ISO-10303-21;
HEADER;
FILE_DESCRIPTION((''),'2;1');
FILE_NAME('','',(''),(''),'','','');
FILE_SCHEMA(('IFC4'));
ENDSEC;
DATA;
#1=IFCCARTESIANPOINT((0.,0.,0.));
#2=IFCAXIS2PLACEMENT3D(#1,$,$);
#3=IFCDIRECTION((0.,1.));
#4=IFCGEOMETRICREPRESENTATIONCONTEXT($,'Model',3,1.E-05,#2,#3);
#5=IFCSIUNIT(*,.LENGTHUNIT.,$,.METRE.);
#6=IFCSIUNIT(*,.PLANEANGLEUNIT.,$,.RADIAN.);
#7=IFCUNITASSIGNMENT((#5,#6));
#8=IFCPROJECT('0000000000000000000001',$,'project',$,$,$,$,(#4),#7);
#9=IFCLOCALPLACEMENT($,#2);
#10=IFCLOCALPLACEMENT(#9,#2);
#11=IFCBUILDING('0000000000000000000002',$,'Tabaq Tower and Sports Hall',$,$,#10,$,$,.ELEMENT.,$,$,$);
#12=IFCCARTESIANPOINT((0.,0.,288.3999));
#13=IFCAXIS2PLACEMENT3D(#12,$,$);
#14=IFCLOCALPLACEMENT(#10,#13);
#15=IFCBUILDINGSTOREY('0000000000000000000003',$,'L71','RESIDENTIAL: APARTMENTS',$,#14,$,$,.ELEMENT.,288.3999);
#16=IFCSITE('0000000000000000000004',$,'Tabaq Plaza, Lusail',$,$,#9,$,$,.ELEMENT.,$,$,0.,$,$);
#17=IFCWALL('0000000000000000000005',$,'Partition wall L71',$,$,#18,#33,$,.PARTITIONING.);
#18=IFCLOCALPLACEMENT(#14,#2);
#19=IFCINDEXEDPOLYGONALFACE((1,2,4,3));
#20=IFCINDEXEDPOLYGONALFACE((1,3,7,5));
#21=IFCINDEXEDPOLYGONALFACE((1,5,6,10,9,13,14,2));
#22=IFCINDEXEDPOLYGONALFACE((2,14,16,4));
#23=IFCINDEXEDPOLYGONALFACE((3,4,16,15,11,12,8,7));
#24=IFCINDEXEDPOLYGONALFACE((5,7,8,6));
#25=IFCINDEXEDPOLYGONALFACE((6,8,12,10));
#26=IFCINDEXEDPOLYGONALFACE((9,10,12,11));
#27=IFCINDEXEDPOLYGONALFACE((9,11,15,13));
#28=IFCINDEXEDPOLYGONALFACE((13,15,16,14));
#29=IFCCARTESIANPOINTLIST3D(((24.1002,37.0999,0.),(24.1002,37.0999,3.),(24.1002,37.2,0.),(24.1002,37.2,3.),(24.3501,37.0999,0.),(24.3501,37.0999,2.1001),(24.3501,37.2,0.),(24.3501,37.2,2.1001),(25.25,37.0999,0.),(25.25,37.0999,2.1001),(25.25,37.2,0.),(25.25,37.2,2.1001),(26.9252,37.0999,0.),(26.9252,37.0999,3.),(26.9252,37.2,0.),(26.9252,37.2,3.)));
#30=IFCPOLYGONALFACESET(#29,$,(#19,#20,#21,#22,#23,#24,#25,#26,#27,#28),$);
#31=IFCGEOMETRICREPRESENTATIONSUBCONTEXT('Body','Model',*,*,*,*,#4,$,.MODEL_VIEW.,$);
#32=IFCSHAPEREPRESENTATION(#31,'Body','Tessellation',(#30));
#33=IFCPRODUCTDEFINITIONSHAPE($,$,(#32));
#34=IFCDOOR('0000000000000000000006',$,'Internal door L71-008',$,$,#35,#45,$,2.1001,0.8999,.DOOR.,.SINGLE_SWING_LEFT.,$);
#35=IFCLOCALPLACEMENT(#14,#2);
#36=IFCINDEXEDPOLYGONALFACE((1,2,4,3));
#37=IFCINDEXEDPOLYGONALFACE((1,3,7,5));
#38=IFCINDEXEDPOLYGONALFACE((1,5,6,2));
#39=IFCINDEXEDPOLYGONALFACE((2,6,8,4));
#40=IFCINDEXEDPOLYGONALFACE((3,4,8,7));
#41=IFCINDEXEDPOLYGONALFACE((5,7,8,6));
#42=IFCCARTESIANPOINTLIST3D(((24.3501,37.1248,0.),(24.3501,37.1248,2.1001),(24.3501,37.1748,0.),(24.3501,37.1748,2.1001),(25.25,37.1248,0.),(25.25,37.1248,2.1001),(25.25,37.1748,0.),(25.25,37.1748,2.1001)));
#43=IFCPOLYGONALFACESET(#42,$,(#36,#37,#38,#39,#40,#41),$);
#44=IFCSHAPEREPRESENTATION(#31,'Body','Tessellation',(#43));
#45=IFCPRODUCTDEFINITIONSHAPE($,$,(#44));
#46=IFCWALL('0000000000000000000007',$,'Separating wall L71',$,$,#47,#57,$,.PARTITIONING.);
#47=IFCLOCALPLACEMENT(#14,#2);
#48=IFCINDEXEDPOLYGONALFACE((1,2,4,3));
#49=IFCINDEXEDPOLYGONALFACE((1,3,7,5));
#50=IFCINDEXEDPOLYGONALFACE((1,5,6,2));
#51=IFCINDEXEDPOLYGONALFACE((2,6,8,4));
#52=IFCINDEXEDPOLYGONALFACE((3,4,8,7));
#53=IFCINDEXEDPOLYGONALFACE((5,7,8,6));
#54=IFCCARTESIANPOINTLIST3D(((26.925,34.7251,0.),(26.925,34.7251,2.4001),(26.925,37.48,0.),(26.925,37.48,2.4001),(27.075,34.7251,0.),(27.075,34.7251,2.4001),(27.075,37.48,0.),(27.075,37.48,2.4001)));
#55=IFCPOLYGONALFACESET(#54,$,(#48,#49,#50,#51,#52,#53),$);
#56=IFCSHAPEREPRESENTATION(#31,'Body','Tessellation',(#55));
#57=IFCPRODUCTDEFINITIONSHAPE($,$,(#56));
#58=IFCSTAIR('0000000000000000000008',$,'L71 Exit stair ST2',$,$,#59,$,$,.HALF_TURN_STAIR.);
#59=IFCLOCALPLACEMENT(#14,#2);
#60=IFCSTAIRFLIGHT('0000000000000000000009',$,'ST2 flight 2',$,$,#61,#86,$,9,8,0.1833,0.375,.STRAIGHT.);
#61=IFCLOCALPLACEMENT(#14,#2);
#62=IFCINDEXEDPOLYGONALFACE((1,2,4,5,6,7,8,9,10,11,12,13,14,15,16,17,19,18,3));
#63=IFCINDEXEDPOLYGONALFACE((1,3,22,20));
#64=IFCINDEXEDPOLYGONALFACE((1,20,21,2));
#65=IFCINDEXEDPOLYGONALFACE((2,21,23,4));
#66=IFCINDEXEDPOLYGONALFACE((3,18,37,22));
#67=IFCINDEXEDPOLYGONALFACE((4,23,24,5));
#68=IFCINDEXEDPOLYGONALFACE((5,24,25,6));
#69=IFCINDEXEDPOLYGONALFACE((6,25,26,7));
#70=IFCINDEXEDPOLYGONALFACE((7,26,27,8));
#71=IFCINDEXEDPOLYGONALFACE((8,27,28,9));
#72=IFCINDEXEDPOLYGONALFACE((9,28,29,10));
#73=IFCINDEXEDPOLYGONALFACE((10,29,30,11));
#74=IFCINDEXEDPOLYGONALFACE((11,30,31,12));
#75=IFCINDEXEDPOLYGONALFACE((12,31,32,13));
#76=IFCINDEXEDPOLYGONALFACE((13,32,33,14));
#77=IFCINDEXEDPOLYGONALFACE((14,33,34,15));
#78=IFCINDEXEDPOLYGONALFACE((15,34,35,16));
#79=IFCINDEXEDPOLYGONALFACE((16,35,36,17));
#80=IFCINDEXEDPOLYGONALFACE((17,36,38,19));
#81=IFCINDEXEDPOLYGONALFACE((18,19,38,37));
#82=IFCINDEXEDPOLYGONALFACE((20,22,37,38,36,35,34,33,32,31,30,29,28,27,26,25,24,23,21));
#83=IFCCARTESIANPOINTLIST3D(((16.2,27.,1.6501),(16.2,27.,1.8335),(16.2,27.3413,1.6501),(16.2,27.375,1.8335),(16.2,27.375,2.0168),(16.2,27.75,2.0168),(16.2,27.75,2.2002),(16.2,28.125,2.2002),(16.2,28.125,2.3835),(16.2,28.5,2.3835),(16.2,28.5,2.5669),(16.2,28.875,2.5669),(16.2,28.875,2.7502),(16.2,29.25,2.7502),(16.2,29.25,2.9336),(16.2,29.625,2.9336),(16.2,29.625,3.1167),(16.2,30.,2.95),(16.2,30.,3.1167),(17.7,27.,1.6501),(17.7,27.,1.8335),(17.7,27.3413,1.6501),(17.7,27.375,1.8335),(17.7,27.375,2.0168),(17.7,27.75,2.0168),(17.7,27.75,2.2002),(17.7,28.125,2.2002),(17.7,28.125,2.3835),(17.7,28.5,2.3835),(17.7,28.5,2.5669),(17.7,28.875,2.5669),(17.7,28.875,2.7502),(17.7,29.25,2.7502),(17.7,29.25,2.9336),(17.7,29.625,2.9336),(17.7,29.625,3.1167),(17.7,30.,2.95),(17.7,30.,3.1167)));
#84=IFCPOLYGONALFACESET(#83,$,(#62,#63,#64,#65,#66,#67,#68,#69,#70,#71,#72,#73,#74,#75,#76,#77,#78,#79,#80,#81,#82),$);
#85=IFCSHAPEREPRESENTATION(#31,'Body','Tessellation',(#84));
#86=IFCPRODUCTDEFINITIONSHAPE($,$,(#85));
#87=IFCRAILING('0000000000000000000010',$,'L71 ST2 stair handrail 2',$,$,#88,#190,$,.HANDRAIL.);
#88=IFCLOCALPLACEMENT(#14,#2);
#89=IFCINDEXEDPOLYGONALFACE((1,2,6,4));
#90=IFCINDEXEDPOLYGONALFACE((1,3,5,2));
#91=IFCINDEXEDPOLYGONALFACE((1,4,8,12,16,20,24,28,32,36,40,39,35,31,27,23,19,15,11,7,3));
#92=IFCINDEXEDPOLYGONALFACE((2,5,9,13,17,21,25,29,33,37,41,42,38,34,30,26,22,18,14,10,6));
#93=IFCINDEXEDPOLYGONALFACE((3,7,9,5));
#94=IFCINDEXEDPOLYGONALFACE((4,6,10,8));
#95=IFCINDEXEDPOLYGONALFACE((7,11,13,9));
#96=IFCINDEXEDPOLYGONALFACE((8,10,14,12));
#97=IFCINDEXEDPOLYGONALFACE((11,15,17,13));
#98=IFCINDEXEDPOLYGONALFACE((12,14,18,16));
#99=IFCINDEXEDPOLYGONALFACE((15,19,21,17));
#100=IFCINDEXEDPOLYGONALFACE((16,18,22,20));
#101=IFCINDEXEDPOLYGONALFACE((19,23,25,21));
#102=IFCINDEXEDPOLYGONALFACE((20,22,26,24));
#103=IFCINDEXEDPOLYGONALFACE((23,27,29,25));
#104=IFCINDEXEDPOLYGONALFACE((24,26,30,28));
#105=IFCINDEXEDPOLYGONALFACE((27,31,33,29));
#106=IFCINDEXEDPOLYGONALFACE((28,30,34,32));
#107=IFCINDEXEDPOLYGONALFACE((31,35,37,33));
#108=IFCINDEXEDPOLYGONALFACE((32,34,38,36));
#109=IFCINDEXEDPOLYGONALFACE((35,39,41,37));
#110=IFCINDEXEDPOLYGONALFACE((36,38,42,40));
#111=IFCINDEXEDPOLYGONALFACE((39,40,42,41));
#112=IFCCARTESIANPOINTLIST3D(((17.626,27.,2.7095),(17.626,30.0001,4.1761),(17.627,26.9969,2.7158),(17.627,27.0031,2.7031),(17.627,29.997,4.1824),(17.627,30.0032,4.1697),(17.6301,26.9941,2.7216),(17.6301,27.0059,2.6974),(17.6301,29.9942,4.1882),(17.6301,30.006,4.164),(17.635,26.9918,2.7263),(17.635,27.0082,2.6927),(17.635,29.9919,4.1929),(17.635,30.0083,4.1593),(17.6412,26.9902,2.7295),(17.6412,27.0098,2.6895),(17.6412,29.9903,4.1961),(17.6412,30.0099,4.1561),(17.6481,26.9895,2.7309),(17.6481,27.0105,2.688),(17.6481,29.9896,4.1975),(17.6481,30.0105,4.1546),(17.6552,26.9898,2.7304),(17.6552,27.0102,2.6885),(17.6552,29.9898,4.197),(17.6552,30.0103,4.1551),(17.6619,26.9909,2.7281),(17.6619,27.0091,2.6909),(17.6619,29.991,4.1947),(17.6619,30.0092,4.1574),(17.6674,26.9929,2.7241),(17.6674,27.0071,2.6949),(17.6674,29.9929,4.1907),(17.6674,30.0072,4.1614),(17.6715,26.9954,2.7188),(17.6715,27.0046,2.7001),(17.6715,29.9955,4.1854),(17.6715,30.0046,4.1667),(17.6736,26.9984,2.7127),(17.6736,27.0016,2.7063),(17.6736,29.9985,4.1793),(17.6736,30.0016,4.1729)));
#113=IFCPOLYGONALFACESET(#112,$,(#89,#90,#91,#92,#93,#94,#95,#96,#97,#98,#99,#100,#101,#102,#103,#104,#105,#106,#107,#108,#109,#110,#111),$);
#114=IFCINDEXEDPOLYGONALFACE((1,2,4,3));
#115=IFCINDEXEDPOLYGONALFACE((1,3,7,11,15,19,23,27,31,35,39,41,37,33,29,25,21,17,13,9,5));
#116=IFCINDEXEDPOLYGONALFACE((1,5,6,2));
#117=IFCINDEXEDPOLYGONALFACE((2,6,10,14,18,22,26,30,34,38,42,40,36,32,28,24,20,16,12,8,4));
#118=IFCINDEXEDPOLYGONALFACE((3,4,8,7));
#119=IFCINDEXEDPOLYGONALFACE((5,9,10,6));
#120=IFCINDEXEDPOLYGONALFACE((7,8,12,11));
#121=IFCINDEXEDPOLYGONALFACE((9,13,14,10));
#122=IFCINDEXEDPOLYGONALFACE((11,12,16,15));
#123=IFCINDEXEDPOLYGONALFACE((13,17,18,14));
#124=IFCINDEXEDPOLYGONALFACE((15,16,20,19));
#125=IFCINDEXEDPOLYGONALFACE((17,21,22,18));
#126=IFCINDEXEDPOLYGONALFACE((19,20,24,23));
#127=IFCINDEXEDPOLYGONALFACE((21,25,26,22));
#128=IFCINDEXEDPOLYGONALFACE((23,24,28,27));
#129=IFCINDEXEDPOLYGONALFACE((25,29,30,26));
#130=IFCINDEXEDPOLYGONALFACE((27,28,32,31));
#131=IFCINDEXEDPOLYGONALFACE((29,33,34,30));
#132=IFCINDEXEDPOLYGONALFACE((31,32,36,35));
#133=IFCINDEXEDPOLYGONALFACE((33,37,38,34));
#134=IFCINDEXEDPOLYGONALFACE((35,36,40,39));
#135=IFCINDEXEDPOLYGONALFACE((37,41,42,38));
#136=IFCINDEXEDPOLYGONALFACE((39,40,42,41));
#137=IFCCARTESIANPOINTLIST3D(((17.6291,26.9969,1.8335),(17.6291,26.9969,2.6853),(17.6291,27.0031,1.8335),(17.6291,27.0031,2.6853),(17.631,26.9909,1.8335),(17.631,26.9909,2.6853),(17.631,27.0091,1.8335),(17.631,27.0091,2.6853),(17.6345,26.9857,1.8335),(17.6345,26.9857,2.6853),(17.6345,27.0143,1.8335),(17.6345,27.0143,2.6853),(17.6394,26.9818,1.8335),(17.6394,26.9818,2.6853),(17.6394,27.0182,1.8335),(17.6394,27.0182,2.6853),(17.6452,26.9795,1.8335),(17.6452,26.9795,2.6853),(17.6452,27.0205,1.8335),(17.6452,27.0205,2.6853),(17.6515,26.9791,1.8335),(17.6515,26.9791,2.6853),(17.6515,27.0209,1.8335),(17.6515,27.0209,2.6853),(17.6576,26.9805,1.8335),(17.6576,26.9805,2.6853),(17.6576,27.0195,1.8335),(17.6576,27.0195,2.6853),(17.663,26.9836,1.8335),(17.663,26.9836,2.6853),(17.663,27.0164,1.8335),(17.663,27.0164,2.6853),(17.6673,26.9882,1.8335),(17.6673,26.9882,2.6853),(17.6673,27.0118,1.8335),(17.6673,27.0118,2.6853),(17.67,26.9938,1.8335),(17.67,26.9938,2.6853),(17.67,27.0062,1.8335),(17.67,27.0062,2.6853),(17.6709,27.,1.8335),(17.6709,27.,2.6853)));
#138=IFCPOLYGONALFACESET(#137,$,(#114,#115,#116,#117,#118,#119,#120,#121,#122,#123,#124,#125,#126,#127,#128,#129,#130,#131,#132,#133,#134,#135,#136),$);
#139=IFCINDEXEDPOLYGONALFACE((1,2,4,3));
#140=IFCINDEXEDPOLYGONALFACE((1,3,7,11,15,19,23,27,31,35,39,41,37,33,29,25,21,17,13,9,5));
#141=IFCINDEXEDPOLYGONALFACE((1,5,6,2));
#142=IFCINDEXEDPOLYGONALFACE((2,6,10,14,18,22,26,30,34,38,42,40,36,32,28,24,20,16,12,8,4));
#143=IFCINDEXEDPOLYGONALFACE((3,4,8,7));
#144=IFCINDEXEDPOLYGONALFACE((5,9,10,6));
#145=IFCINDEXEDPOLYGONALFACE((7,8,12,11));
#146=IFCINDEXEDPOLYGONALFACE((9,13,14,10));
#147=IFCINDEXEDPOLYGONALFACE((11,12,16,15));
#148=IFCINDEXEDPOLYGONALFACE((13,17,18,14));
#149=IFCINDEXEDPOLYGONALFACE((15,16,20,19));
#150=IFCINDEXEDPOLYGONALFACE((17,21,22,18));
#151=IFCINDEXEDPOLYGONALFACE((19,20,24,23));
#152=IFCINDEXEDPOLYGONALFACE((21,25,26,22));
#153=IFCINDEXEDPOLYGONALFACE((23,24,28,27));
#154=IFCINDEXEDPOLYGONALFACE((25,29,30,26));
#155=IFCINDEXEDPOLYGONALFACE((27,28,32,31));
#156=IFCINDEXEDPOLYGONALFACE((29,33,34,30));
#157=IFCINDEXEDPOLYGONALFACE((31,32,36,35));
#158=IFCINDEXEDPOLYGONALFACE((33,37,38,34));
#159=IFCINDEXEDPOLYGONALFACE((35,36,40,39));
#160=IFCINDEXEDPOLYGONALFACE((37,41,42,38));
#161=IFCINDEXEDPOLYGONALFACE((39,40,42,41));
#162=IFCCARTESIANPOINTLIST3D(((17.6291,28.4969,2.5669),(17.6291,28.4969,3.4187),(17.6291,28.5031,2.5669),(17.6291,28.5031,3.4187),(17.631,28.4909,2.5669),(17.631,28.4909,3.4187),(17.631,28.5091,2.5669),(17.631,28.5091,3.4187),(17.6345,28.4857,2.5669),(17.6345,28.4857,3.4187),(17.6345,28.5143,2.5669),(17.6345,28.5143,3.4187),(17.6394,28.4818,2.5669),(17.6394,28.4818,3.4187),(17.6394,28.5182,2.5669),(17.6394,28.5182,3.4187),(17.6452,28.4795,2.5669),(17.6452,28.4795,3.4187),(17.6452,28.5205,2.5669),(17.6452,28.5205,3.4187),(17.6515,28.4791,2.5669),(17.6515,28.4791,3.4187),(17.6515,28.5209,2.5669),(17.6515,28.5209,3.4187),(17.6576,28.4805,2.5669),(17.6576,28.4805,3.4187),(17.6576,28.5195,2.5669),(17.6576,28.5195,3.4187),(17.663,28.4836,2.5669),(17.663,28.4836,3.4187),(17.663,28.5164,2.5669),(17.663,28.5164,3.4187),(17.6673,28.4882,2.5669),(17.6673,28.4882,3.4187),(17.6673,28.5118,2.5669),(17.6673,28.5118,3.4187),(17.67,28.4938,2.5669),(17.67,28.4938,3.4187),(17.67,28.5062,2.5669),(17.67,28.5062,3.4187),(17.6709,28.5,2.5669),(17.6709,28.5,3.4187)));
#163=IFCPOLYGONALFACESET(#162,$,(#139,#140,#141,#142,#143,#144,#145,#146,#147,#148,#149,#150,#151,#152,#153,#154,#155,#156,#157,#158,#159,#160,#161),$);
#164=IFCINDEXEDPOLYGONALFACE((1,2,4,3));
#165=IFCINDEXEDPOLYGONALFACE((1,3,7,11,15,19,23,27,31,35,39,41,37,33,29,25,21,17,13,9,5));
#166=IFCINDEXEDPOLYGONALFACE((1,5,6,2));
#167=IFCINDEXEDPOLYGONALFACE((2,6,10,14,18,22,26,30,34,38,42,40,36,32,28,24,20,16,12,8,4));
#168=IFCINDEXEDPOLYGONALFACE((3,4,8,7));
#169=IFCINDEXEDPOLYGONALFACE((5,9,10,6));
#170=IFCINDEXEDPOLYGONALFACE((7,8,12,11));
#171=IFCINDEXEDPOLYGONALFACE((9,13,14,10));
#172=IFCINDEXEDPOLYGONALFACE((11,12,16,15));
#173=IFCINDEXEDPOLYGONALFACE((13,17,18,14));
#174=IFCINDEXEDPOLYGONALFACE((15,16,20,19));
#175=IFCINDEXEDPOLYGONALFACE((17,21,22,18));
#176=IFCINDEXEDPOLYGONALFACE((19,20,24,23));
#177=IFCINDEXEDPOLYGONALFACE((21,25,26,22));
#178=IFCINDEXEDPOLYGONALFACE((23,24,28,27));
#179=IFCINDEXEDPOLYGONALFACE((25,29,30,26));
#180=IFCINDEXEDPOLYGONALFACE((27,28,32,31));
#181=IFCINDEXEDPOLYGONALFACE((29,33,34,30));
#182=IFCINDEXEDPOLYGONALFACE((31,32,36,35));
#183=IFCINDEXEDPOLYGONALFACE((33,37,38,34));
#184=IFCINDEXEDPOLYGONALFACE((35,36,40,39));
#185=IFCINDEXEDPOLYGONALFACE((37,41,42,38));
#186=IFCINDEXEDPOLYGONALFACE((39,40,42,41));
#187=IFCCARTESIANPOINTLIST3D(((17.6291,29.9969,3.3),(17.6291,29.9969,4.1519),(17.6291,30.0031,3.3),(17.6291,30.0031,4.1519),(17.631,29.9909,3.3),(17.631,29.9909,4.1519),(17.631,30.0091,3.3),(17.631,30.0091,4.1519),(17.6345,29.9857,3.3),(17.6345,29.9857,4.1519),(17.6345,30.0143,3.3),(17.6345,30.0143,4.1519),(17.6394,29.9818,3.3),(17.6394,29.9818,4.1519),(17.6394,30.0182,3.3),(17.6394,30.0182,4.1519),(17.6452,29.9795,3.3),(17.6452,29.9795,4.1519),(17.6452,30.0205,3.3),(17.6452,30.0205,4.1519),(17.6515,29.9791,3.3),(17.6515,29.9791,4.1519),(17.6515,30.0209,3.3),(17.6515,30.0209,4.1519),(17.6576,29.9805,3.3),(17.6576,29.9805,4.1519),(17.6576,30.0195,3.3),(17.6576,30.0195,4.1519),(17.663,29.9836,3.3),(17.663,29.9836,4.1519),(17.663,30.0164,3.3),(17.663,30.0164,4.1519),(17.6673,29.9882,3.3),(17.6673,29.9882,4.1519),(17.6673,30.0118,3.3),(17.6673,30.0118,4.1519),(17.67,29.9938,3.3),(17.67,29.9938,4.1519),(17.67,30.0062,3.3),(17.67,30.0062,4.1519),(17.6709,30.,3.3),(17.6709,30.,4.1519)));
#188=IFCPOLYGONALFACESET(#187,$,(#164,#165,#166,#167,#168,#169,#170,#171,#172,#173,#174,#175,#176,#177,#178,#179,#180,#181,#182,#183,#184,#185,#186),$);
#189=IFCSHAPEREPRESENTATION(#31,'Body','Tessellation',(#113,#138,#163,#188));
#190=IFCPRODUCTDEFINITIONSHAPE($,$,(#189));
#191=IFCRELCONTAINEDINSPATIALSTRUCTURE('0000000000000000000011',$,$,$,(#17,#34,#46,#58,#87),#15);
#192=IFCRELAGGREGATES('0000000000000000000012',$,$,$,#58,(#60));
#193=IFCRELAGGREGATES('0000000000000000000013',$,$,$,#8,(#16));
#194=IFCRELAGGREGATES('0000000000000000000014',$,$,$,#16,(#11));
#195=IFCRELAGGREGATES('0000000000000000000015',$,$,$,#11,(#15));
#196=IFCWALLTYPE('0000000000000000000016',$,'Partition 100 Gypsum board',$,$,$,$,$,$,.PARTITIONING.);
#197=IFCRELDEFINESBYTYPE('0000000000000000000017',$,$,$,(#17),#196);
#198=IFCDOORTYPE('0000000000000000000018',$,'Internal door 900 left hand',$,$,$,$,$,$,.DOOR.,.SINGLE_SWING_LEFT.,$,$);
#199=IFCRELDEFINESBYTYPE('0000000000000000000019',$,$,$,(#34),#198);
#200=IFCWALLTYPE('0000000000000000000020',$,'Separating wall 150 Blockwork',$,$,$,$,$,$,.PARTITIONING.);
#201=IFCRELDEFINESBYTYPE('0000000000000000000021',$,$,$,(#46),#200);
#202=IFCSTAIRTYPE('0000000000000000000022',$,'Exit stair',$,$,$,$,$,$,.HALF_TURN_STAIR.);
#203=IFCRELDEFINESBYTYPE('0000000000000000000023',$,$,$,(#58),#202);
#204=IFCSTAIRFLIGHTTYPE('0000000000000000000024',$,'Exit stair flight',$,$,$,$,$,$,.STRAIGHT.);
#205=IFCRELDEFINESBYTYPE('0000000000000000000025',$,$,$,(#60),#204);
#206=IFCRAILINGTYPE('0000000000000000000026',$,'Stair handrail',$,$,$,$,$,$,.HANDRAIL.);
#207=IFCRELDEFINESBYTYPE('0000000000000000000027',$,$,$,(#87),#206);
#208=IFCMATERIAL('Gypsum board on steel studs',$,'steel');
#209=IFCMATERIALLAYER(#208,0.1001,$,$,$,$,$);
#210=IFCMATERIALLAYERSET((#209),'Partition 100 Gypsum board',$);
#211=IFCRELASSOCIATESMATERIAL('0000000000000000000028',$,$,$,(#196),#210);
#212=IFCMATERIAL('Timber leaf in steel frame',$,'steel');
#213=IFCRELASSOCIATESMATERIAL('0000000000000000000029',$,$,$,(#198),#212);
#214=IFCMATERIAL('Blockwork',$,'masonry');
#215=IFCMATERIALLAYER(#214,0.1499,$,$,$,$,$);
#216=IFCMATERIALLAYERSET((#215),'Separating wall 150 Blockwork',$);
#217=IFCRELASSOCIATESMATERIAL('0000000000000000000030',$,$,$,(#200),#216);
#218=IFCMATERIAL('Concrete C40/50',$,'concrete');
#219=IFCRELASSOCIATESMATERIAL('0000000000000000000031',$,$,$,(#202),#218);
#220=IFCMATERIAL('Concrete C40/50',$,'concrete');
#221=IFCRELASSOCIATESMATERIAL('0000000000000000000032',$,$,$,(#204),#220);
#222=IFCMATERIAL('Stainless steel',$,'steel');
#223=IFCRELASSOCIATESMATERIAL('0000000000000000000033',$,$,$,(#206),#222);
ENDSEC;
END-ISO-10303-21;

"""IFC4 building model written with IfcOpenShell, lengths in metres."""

from ifc_helpers import new_model, si_unit, direction, frame, frame_2d, origin, origin_2d, place, context, subcontext, project, spatial, polyline, rectangle, circle, outline, extrude, material, layer, layer_set, type_object, element, fill, aggregate, save


model = new_model("IFC4")

# Units and contexts
model_context = context("Model", 3, precision=1e-05, world=origin(), true_north=direction((0.0, 1.0)))
body_context = subcontext(model_context, "Body", "Model", "MODEL_VIEW")
ifc_project = project(units=[si_unit("LENGTHUNIT", "METRE"), si_unit("PLANEANGLEUNIT", "RADIAN")], contexts=[model_context])

# Site, building, storey
site_placement = place(None, origin())
site = spatial("IfcSite", under=ifc_project, at=site_placement, Name="Tabaq Plaza, Lusail", CompositionType="ELEMENT", RefElevation=0.0)
building_placement = place(site_placement, origin())
building = spatial("IfcBuilding", under=site, at=building_placement, Name="Tabaq Tower and Sports Hall", CompositionType="ELEMENT")
storey_placement = place(building_placement, frame((0.0, 0.0, 288.3999)))
storey = spatial("IfcBuildingStorey", under=building, at=storey_placement, Name="L71", Description="RESIDENTIAL: APARTMENTS", CompositionType="ELEMENT", Elevation=288.3999)

# Shared definitions
ifc_material_1 = material(Name="Gypsum board on steel studs", Category="steel")
ifc_layer_1 = layer(ifc_material_1, 0.1001)
ifc_layer_set_1 = layer_set([ifc_layer_1], Name="Partition 100 Gypsum board")
wall_type_1 = type_object("IfcWallType", Name="Partition 100 Gypsum board", PredefinedType="PARTITIONING", material=ifc_layer_set_1)
ifc_material_2 = material(Name="Timber leaf in steel frame", Category="steel")
door_type_1 = type_object("IfcDoorType", Name="Internal door 900 left hand", OperationType="SINGLE_SWING_LEFT", PredefinedType="DOOR", material=ifc_material_2)

# Wall, opening, door
wall_1_placement = place(storey_placement, frame((24.1001, 37.1499, 0.0), z_axis=(0.0, 0.0, 1.0), x_axis=(1.0, 0.0, 0.0)))
wall_1 = element("IfcWall", 1, at=wall_1_placement, inside=storey, type_object=wall_type_1, Name="Partition wall L71", PredefinedType="PARTITIONING", context=body_context, shape_type="SweptSolid", body=[
    extrude(rectangle(XDim=2.825, YDim=0.1001, at=frame_2d((1.4126, 0.0))), origin(), (0.0, 0.0, 1.0), 3.0),
])
opening_1_placement = place(wall_1_placement, frame((0.25, 0.0, 0.0)))
opening_1 = element("IfcOpeningElement", 2, at=opening_1_placement, cuts=wall_1, PredefinedType="OPENING", context=body_context, shape_type="SweptSolid", body=[
    extrude(rectangle(XDim=0.8999, YDim=2.1001, at=frame_2d((0.45, 1.05))), frame((0.0, 0.05, 0.0), z_axis=(0.0, -1.0, 0.0), x_axis=(1.0, 0.0, 0.0)), (0.0, 0.0, 1.0), 0.1001),
])
door_1_placement = place(opening_1_placement, origin())
door_1 = element("IfcDoor", 3, at=door_1_placement, inside=storey, type_object=door_type_1, Name="Internal door L71-008", OperationType="SINGLE_SWING_LEFT", OverallHeight=2.1001, OverallWidth=0.8999, PredefinedType="DOOR", context=body_context, shape_type="SweptSolid", body=[
    extrude(rectangle(XDim=0.8999, YDim=2.1001, at=frame_2d((0.45, 1.05))), frame((0.0, 0.0249, 0.0), z_axis=(0.0, -1.0, 0.0), x_axis=(1.0, 0.0, 0.0)), (0.0, 0.0, 1.0), 0.05),
])
fill(opening_1, door_1)

# Wall
ifc_material_3 = material(Name="Blockwork", Category="masonry")
ifc_layer_2 = layer(ifc_material_3, 0.1499)
ifc_layer_set_2 = layer_set([ifc_layer_2], Name="Separating wall 150 Blockwork")
wall_type_2 = type_object("IfcWallType", Name="Separating wall 150 Blockwork", PredefinedType="PARTITIONING", material=ifc_layer_set_2)
wall_2_placement = place(storey_placement, frame((27.0, 34.7251, 0.0), z_axis=(0.0, 0.0, 1.0), x_axis=(0.0, 1.0, 0.0)))
element("IfcWall", 4, at=wall_2_placement, inside=storey, type_object=wall_type_2, Name="Separating wall L71", PredefinedType="PARTITIONING", context=body_context, shape_type="SweptSolid", body=[
    extrude(rectangle(XDim=2.7549, YDim=0.1499, at=frame_2d((1.3774, 0.0))), origin(), (0.0, 0.0, 1.0), 2.4001),
])

# Stair, stair flight
ifc_material_4 = material(Name="Concrete C40/50", Category="concrete")
stair_type = type_object("IfcStairType", Name="Exit stair", PredefinedType="HALF_TURN_STAIR", material=ifc_material_4)
stair_placement = place(storey_placement, origin())
stair = element("IfcStair", 5, at=stair_placement, inside=storey, type_object=stair_type, Name="L71 Exit stair ST2", PredefinedType="HALF_TURN_STAIR")
ifc_material_5 = material(Name="Concrete C40/50", Category="concrete")
stair_flight_type = type_object("IfcStairFlightType", Name="Exit stair flight", PredefinedType="STRAIGHT", material=ifc_material_5)
stair_flight_placement = place(storey_placement, frame((16.95, 27.0, 1.6501), z_axis=(0.0, 0.0, 1.0), x_axis=(0.0, 1.0, 0.0)))
stair_flight = element("IfcStairFlight", 6, at=stair_flight_placement, type_object=stair_flight_type, Name="ST2 flight 2", NumberOfRisers=9, NumberOfTreads=8, PredefinedType="STRAIGHT", RiserHeight=0.1833, TreadLength=0.375, context=body_context, shape_type="SweptSolid", body=[
    extrude(outline(polyline([(0.0, 0.0), (0.0, 0.1833), (0.375, 0.1833), (0.375, 0.3667), (0.75, 0.3667), (0.75, 0.55), (1.125, 0.55), (1.125, 0.7334), (1.5, 0.7334), (1.5, 0.9167), (1.875, 0.9167), (1.875, 1.1001), (2.25, 1.1001), (2.25, 1.2834), (2.625, 1.2834), (2.625, 1.4666), (3.0, 1.4666), (3.0, 1.6499), (3.0, 1.2998), (0.3413, 0.0), (0.0, 0.0)])), frame((0.0, 0.75, 0.0), z_axis=(0.0, -1.0, 0.0), x_axis=(1.0, 0.0, 0.0)), (0.0, 0.0, 1.0), 1.5),
])
aggregate(stair, [stair_flight])

# Railing
ifc_material_6 = material(Name="Stainless steel", Category="steel")
railing_type = type_object("IfcRailingType", Name="Stair handrail", PredefinedType="HANDRAIL", material=ifc_material_6)
railing_placement = place(storey_placement, frame((17.6499, 27.0, 1.8335)))
element("IfcRailing", 7, at=railing_placement, inside=storey, type_object=railing_type, Name="L71 ST2 stair handrail 2", PredefinedType="HANDRAIL", context=body_context, shape_type="SweptSolid", body=[
    extrude(circle(Radius=0.0239, at=origin_2d()), frame((0.0, 0.0, 0.876), z_axis=(0.0, 0.898398, 0.439183), x_axis=(-1.0, 0.0, 0.0)), (0.0, 0.0, 1.0), 3.3394),
    extrude(circle(Radius=0.021, at=origin_2d()), origin(), (0.0, 0.0, 1.0), 0.8518),
    extrude(circle(Radius=0.021, at=origin_2d()), frame((0.0, 1.5, 0.7334)), (0.0, 0.0, 1.0), 0.8518),
    extrude(circle(Radius=0.021, at=origin_2d()), frame((0.0, 3.0, 1.4666)), (0.0, 0.0, 1.0), 0.8518),
])

save(model, "model.ifc")
